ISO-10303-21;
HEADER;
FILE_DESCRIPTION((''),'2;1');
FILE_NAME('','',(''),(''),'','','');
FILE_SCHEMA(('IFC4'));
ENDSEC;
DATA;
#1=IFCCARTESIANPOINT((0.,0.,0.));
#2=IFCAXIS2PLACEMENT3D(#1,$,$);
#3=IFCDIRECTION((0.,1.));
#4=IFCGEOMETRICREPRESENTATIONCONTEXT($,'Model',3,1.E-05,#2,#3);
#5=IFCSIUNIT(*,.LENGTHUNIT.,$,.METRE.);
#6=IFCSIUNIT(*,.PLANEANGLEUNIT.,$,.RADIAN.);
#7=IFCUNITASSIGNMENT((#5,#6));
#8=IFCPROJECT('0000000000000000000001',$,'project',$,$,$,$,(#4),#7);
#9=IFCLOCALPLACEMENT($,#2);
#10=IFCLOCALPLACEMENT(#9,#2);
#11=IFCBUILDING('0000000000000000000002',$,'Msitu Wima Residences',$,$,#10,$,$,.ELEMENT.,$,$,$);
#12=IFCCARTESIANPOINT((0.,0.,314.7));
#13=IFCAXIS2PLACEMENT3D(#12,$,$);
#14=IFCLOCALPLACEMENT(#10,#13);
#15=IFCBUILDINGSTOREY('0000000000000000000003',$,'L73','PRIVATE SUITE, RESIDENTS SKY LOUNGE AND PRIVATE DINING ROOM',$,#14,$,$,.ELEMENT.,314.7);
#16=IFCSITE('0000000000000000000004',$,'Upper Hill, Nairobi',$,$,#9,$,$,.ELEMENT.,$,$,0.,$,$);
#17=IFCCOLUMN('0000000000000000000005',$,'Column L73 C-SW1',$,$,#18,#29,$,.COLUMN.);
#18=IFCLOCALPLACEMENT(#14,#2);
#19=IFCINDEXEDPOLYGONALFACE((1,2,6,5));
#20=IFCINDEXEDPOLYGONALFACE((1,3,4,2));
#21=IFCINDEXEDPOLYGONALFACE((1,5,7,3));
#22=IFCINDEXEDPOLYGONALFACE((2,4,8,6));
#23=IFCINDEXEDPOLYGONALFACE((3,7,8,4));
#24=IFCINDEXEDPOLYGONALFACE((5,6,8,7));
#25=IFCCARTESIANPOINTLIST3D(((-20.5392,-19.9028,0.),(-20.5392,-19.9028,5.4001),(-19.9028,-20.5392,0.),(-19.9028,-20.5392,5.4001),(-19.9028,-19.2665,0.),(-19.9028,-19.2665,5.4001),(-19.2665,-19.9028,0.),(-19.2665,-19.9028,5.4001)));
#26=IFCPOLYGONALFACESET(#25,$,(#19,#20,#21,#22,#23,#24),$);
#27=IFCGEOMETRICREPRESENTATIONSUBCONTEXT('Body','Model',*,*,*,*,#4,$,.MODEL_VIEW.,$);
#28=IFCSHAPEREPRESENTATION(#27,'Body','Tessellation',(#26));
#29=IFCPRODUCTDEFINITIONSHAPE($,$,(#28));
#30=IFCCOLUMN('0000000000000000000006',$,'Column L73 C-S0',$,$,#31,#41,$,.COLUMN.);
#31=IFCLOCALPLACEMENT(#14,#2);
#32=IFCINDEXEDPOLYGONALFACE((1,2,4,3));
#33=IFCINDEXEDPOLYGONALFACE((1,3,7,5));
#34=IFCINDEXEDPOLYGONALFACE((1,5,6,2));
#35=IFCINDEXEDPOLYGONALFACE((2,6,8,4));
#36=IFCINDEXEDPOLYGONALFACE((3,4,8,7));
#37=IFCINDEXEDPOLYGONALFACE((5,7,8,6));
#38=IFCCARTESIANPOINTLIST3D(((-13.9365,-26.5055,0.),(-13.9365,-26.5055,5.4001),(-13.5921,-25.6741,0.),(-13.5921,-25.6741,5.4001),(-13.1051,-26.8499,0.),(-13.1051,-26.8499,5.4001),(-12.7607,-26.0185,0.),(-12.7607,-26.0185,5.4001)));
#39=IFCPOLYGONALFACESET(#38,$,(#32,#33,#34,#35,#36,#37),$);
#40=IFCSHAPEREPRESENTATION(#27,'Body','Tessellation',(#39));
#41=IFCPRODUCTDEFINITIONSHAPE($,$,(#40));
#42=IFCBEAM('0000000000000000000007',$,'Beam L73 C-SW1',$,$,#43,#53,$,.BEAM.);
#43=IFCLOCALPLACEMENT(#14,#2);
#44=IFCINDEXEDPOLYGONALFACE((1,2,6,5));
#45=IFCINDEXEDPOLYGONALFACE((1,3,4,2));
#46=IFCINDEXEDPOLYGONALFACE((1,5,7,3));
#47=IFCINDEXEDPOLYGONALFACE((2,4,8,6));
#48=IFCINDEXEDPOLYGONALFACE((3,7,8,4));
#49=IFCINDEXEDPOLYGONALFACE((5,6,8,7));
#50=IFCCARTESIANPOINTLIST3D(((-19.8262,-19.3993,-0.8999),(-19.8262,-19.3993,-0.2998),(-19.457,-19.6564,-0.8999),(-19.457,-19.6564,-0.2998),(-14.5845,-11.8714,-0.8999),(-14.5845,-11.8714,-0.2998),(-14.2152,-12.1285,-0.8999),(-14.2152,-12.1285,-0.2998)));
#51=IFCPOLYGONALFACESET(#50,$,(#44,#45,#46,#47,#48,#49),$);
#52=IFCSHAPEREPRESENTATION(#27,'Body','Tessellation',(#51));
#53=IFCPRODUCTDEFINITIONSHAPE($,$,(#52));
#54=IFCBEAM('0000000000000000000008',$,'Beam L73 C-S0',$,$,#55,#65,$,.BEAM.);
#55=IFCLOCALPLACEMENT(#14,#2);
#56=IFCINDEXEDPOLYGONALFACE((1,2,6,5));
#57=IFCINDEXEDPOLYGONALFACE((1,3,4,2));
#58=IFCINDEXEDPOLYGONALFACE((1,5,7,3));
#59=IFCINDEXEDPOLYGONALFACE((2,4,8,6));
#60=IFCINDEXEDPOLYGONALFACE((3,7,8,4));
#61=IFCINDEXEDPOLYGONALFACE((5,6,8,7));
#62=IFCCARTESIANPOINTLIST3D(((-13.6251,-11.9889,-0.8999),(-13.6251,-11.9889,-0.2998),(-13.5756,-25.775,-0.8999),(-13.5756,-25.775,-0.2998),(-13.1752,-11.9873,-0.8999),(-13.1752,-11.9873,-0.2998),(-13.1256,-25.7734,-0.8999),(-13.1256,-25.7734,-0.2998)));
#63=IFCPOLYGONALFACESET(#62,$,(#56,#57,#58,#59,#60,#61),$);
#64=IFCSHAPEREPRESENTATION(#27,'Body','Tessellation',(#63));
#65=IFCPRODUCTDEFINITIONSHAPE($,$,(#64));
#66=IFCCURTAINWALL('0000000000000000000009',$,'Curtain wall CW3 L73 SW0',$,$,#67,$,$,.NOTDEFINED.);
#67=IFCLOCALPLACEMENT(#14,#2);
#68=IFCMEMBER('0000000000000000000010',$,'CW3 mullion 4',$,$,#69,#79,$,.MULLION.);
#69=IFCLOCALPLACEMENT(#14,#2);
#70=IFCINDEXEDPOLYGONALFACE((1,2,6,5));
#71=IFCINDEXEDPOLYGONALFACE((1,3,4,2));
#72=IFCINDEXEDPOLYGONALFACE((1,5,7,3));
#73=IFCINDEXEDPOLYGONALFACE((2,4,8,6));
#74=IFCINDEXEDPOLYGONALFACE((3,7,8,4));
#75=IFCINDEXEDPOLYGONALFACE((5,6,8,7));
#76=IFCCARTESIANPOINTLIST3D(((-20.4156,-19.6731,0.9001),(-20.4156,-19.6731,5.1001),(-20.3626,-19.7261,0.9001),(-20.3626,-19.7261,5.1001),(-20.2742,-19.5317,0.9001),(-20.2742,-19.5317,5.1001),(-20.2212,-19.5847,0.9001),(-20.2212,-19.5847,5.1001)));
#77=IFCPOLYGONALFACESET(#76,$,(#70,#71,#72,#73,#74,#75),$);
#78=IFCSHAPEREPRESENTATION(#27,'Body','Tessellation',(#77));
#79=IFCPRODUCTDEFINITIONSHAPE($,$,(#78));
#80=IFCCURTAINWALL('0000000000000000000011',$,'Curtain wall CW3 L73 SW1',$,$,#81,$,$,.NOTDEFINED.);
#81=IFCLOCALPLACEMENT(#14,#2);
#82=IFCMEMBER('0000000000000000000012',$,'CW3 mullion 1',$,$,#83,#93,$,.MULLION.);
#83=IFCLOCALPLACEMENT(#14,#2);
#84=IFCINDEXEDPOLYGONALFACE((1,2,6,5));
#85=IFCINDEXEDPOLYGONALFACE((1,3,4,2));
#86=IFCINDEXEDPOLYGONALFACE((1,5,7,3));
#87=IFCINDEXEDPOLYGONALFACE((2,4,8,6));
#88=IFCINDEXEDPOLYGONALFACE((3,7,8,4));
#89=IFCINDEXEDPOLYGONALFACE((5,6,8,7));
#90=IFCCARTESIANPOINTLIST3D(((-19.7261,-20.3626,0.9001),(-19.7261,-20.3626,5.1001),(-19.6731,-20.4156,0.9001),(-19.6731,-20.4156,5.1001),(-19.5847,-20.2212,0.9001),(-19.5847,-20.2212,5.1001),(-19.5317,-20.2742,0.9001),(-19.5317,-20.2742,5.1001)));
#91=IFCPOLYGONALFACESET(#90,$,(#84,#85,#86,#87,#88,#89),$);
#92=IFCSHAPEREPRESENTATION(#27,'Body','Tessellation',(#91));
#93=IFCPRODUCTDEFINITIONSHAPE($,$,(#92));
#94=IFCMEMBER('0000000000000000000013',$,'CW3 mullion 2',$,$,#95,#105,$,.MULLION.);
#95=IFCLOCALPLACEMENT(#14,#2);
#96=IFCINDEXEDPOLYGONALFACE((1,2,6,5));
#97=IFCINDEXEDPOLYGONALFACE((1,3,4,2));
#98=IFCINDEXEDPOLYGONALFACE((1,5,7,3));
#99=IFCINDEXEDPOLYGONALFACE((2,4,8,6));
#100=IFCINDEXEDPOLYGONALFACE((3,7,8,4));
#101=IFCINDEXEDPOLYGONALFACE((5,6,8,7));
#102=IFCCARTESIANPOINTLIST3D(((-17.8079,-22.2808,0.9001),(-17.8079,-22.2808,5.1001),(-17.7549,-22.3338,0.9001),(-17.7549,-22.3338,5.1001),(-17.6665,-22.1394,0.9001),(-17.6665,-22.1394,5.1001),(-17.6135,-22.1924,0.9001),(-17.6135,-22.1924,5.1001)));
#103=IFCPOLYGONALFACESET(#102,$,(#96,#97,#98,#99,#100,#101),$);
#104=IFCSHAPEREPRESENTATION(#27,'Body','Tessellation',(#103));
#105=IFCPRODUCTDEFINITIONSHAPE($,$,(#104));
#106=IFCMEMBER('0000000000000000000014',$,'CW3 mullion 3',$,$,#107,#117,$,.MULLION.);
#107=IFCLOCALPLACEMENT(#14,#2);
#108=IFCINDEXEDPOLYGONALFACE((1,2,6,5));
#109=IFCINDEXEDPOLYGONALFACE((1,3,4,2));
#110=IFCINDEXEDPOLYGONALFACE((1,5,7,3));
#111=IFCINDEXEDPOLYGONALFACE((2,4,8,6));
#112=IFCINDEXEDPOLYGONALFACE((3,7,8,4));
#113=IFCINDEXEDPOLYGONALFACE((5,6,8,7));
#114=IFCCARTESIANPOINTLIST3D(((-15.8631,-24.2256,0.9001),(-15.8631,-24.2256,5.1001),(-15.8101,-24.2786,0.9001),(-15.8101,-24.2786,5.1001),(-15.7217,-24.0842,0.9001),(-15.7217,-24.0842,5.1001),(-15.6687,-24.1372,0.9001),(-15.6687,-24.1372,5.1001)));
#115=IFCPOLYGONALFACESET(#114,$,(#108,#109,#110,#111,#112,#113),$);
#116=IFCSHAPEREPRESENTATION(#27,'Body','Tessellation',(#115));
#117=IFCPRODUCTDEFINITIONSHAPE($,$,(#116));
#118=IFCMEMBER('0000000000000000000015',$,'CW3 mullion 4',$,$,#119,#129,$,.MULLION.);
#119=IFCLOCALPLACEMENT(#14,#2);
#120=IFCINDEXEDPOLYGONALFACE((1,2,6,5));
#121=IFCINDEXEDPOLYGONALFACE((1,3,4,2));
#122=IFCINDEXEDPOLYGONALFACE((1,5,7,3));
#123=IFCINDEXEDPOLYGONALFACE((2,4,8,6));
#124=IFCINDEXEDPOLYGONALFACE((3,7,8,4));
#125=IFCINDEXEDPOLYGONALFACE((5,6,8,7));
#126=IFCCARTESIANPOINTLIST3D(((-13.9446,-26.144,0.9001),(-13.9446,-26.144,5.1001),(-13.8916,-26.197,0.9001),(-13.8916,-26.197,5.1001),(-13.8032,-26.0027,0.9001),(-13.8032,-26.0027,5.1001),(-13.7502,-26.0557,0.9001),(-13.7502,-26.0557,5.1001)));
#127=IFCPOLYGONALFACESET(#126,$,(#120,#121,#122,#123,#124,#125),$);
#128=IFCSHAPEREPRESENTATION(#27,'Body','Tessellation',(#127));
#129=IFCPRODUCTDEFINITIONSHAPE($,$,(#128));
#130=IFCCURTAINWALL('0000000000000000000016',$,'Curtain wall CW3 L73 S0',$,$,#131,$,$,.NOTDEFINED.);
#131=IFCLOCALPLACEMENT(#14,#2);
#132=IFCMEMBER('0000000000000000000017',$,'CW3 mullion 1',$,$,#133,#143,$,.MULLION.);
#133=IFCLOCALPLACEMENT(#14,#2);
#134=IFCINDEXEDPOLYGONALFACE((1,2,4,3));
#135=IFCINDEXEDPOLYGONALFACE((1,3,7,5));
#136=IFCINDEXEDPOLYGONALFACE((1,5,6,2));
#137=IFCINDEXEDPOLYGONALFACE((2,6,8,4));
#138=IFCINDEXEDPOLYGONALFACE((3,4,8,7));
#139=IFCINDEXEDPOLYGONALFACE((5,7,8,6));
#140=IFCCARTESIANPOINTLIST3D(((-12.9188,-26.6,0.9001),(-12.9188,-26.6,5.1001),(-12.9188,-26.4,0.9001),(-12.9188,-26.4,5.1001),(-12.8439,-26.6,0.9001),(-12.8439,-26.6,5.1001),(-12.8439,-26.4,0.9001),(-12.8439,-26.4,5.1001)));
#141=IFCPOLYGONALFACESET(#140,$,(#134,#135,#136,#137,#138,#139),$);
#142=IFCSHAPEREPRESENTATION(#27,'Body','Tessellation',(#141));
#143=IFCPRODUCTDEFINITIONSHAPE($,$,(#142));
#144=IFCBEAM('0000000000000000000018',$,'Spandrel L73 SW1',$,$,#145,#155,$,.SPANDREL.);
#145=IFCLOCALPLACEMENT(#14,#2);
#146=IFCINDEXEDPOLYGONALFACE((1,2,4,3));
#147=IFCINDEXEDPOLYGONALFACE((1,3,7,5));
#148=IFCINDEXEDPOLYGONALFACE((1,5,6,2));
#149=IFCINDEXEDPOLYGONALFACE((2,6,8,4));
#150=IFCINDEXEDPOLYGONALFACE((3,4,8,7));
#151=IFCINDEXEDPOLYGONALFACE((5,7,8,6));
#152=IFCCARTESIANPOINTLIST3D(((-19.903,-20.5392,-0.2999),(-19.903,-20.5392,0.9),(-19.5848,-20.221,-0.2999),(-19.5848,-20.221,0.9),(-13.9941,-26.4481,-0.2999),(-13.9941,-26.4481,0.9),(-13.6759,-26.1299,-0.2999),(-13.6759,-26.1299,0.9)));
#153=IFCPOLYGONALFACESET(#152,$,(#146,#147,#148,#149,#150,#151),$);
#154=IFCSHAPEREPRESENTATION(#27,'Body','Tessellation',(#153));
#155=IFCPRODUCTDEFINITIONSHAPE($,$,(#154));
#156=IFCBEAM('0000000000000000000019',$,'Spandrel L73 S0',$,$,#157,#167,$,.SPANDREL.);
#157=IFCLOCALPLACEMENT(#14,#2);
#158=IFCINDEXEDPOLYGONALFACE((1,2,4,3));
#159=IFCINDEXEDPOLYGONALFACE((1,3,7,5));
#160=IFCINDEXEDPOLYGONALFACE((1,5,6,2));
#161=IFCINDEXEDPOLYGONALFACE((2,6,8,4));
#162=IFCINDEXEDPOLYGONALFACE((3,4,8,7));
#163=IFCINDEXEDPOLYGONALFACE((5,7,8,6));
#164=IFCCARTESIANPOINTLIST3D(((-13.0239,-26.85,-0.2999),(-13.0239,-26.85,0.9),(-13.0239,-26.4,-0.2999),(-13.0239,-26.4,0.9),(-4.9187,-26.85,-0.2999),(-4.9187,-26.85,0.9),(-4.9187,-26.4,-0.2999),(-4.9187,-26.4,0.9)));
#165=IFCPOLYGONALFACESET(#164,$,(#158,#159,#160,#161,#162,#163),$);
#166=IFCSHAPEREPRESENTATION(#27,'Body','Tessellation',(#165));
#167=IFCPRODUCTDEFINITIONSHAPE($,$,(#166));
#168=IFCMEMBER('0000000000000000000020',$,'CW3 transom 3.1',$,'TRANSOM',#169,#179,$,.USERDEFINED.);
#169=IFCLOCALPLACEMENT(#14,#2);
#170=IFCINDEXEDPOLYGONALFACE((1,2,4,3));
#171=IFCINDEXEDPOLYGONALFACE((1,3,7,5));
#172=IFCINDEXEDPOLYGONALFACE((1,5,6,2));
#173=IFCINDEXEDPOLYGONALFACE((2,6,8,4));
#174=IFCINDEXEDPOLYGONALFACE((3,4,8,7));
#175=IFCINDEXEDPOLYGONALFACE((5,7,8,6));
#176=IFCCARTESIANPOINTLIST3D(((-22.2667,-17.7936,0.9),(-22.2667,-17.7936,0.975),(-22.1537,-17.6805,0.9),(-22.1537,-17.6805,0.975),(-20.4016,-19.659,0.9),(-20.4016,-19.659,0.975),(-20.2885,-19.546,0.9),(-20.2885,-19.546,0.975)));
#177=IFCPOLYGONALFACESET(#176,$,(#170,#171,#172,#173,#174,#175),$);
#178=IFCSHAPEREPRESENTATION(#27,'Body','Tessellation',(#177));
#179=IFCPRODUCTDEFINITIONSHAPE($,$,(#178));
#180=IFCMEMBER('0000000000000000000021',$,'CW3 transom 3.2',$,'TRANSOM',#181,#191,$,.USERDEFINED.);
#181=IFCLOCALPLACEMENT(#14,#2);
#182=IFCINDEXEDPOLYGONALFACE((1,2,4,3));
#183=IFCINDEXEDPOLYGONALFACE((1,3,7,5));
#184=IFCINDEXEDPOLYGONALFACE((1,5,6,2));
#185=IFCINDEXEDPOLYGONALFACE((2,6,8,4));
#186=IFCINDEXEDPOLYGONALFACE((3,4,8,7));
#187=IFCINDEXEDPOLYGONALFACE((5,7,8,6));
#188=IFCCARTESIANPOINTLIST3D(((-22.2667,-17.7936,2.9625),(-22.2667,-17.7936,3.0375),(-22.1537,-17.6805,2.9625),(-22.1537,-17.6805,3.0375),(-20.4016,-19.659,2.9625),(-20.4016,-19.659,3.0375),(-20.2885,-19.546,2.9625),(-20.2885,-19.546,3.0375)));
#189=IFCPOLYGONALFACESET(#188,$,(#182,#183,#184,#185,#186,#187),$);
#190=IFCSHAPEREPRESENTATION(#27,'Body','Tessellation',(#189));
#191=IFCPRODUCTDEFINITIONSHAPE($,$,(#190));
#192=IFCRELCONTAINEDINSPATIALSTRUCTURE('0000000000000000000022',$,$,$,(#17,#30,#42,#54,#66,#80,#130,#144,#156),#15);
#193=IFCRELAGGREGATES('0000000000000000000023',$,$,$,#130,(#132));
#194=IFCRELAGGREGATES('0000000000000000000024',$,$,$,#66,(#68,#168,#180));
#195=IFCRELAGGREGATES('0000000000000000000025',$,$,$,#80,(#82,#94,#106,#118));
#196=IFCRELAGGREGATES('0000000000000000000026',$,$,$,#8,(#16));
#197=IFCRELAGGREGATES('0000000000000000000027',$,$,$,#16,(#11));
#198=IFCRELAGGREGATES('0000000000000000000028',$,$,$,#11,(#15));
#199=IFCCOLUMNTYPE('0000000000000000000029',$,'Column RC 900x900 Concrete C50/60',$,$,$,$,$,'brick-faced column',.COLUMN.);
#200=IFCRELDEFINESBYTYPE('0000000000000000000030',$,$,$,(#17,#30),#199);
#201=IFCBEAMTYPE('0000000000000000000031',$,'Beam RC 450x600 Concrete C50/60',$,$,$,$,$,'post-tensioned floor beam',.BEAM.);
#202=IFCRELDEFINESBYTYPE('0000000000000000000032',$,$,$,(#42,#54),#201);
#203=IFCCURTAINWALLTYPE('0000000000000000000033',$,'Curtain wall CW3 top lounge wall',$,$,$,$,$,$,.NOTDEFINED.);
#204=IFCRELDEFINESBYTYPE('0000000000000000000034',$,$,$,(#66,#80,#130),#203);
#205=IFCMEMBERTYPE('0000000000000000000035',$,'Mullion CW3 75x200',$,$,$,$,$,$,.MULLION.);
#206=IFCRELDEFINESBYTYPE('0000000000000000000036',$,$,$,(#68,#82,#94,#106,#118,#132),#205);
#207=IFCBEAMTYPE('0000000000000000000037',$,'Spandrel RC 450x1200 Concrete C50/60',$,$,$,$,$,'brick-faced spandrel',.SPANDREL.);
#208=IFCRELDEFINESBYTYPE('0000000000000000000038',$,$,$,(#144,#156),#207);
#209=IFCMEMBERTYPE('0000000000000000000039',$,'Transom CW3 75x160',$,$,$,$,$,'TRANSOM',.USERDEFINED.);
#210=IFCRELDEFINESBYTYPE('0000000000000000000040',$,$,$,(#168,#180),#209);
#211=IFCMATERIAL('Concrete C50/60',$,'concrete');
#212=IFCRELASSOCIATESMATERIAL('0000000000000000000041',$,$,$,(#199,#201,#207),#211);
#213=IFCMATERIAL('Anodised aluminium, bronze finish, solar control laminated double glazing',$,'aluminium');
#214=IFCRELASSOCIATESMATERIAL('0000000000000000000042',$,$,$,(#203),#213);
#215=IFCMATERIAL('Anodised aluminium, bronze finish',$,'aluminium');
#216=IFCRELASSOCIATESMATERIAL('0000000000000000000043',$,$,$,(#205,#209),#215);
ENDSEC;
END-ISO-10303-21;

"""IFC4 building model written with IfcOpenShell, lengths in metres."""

from ifc_helpers import new_model, si_unit, direction, frame, origin, origin_2d, place, context, subcontext, project, spatial, rectangle, extrude, material, material_profile, profile_set, type_object, element, aggregate, save


model = new_model("IFC4")

# Units and contexts
model_context = context("Model", 3, precision=1e-05, world=origin(), true_north=direction((0.0, 1.0)))
body_context = subcontext(model_context, "Body", "Model", "MODEL_VIEW")
ifc_project = project(units=[si_unit("LENGTHUNIT", "METRE"), si_unit("PLANEANGLEUNIT", "RADIAN")], contexts=[model_context])

# Site, building, storey
site_placement = place(None, origin())
site = spatial("IfcSite", under=ifc_project, at=site_placement, Name="Upper Hill, Nairobi", CompositionType="ELEMENT", RefElevation=0.0)
building_placement = place(site_placement, origin())
building = spatial("IfcBuilding", under=site, at=building_placement, Name="Msitu Wima Residences", CompositionType="ELEMENT")
storey_placement = place(building_placement, frame((0.0, 0.0, 314.7)))
storey = spatial("IfcBuildingStorey", under=building, at=storey_placement, Name="L73", Description="PRIVATE SUITE, RESIDENTS SKY LOUNGE AND PRIVATE DINING ROOM", CompositionType="ELEMENT", Elevation=314.7)

# Columns
ifc_material_1 = material(Name="Concrete C50/60", Category="concrete")
ifc_material_profile_1 = material_profile(ifc_material_1, rectangle(XDim=0.8999, YDim=0.8999, at=origin_2d()), Name="RC 900x900")
ifc_profile_set_1 = profile_set([ifc_material_profile_1], Name="Concrete C50/60")
column_type = type_object("IfcColumnType", Name="Column RC 900x900 Concrete C50/60", ElementType="brick-faced column", PredefinedType="COLUMN", material=ifc_profile_set_1)
for number, where, z_axis, x_axis, name in (
    (1, (-19.9028, -19.9028, 0.0), (0.0, 0.0, 1.0), (0.707107, -0.707107, 0.0), "Column L73 C-SW1"),
    (2, (-13.3486, -26.262, 0.0), (0.0, 0.0, 1.0), (0.92388, -0.382683, 0.0), "Column L73 C-S0"),
):
    element("IfcColumn", number, at=place(storey_placement, frame(where, z_axis=z_axis, x_axis=x_axis)), inside=storey, type_object=column_type, Name=name, PredefinedType="COLUMN", context=body_context, shape_type="SweptSolid", body=[
        extrude(rectangle(XDim=0.8999, YDim=0.8999, at=origin_2d()), origin(), (0.0, 0.0, 1.0), 5.4001),
    ])

# Beams
ifc_material_profile_2 = material_profile(ifc_material_1, rectangle(XDim=0.45, YDim=0.6001, at=origin_2d()), Name="RC 450x600")
ifc_profile_set_2 = profile_set([ifc_material_profile_2], Name="Concrete C50/60")
beam_type_1 = type_object("IfcBeamType", Name="Beam RC 450x600 Concrete C50/60", ElementType="post-tensioned floor beam", PredefinedType="BEAM", material=ifc_profile_set_2)
beam_1_placement = place(storey_placement, frame((-19.6416, -19.5278, -0.5999), z_axis=(0.571428, 0.820652, 0.0), x_axis=(-0.820652, 0.571428, 0.0)))
element("IfcBeam", 3, at=beam_1_placement, inside=storey, type_object=beam_type_1, Name="Beam L73 C-SW1", PredefinedType="BEAM", context=body_context, shape_type="SweptSolid", body=[
    extrude(rectangle(XDim=0.45, YDim=0.6001, at=origin_2d()), origin(), (0.0, 0.0, 1.0), 9.1731),
])
beam_2_placement = place(storey_placement, frame((-13.3506, -25.7742, -0.5999), z_axis=(-0.003595, 0.999994, 0.0), x_axis=(-0.999994, -0.003595, 0.0)))
element("IfcBeam", 4, at=beam_2_placement, inside=storey, type_object=beam_type_1, Name="Beam L73 C-S0", PredefinedType="BEAM", context=body_context, shape_type="SweptSolid", body=[
    extrude(rectangle(XDim=0.45, YDim=0.6001, at=origin_2d()), origin(), (0.0, 0.0, 1.0), 13.7861),
])

# Curtain wall, member
ifc_material_2 = material(Name="Anodised aluminium, bronze finish, solar control laminated double glazing", Category="aluminium")
curtain_wall_type = type_object("IfcCurtainWallType", Name="Curtain wall CW3 top lounge wall", PredefinedType="NOTDEFINED", material=ifc_material_2)
curtain_wall_1_placement = place(storey_placement, origin())
curtain_wall_1 = element("IfcCurtainWall", 5, at=curtain_wall_1_placement, inside=storey, type_object=curtain_wall_type, Name="Curtain wall CW3 L73 SW0", PredefinedType="NOTDEFINED")
ifc_material_3 = material(Name="Anodised aluminium, bronze finish", Category="aluminium")
ifc_material_profile_3 = material_profile(ifc_material_3, rectangle(XDim=0.2, YDim=0.075, at=origin_2d()), Name="Mullion 75x200")
ifc_profile_set_3 = profile_set([ifc_material_profile_3], Name="Anodised aluminium, bronze finish")
member_type_1 = type_object("IfcMemberType", Name="Mullion CW3 75x200", PredefinedType="MULLION", material=ifc_profile_set_3)
member_1_placement = place(storey_placement, frame((-20.3184, -19.6289, 0.9001), z_axis=(0.0, 0.0, 1.0), x_axis=(0.707107, 0.707107, 0.0)))
member_1 = element("IfcMember", 6, at=member_1_placement, type_object=member_type_1, Name="CW3 mullion 4", PredefinedType="MULLION", context=body_context, shape_type="SweptSolid", body=[
    extrude(rectangle(XDim=0.2, YDim=0.075, at=origin_2d()), origin(), (0.0, 0.0, 1.0), 4.2),
])

# Curtain wall, members
curtain_wall_2_placement = place(storey_placement, origin())
curtain_wall_2 = element("IfcCurtainWall", 7, at=curtain_wall_2_placement, inside=storey, type_object=curtain_wall_type, Name="Curtain wall CW3 L73 SW1", PredefinedType="NOTDEFINED")
member_2_placement = place(storey_placement, frame((-19.6289, -20.3184, 0.9001), z_axis=(0.0, 0.0, 1.0), x_axis=(0.707107, 0.707107, 0.0)))
member_2 = element("IfcMember", 8, at=member_2_placement, type_object=member_type_1, Name="CW3 mullion 1", PredefinedType="MULLION", context=body_context, shape_type="SweptSolid", body=[
    extrude(rectangle(XDim=0.2, YDim=0.075, at=origin_2d()), origin(), (0.0, 0.0, 1.0), 4.2),
])
member_3_placement = place(storey_placement, frame((-17.7107, -22.2366, 0.9001), z_axis=(0.0, 0.0, 1.0), x_axis=(0.707107, 0.707107, 0.0)))
member_3 = element("IfcMember", 9, at=member_3_placement, type_object=member_type_1, Name="CW3 mullion 2", PredefinedType="MULLION", context=body_context, shape_type="SweptSolid", body=[
    extrude(rectangle(XDim=0.2, YDim=0.075, at=origin_2d()), origin(), (0.0, 0.0, 1.0), 4.2),
])
member_4_placement = place(storey_placement, frame((-15.7659, -24.1814, 0.9001), z_axis=(0.0, 0.0, 1.0), x_axis=(0.707107, 0.707107, 0.0)))
member_4 = element("IfcMember", 10, at=member_4_placement, type_object=member_type_1, Name="CW3 mullion 3", PredefinedType="MULLION", context=body_context, shape_type="SweptSolid", body=[
    extrude(rectangle(XDim=0.2, YDim=0.075, at=origin_2d()), origin(), (0.0, 0.0, 1.0), 4.2),
])
member_5_placement = place(storey_placement, frame((-13.8474, -26.0999, 0.9001), z_axis=(0.0, 0.0, 1.0), x_axis=(0.707107, 0.707107, 0.0)))
member_5 = element("IfcMember", 11, at=member_5_placement, type_object=member_type_1, Name="CW3 mullion 4", PredefinedType="MULLION", context=body_context, shape_type="SweptSolid", body=[
    extrude(rectangle(XDim=0.2, YDim=0.075, at=origin_2d()), origin(), (0.0, 0.0, 1.0), 4.2),
])

# Curtain wall, member
curtain_wall_3_placement = place(storey_placement, origin())
curtain_wall_3 = element("IfcCurtainWall", 12, at=curtain_wall_3_placement, inside=storey, type_object=curtain_wall_type, Name="Curtain wall CW3 L73 S0", PredefinedType="NOTDEFINED")
member_6_placement = place(storey_placement, frame((-12.8813, -26.5, 0.9001), z_axis=(0.0, 0.0, 1.0), x_axis=(0.0, 1.0, 0.0)))
member_6 = element("IfcMember", 13, at=member_6_placement, type_object=member_type_1, Name="CW3 mullion 1", PredefinedType="MULLION", context=body_context, shape_type="SweptSolid", body=[
    extrude(rectangle(XDim=0.2, YDim=0.075, at=origin_2d()), origin(), (0.0, 0.0, 1.0), 4.2),
])
aggregate(curtain_wall_3, [member_6])

# Beams
ifc_material_profile_4 = material_profile(ifc_material_1, rectangle(XDim=0.45, YDim=1.2, at=origin_2d()), Name="RC 450x1200")
ifc_profile_set_4 = profile_set([ifc_material_profile_4], Name="Concrete C50/60")
beam_type_2 = type_object("IfcBeamType", Name="Spandrel RC 450x1200 Concrete C50/60", ElementType="brick-faced spandrel", PredefinedType="SPANDREL", material=ifc_profile_set_4)
beam_3_placement = place(storey_placement, frame((-19.7439, -20.3801, 0.3), z_axis=(0.707107, -0.707107, 0.0), x_axis=(0.707107, 0.707107, 0.0)))
element("IfcBeam", 14, at=beam_3_placement, inside=storey, type_object=beam_type_2, Name="Spandrel L73 SW1", PredefinedType="SPANDREL", context=body_context, shape_type="SweptSolid", body=[
    extrude(rectangle(XDim=0.45, YDim=1.2, at=origin_2d()), origin(), (0.0, 0.0, 1.0), 8.3564),
])
beam_4_placement = place(storey_placement, frame((-13.0239, -26.625, 0.3), z_axis=(1.0, 0.0, 0.0), x_axis=(0.0, 1.0, 0.0)))
element("IfcBeam", 15, at=beam_4_placement, inside=storey, type_object=beam_type_2, Name="Spandrel L73 S0", PredefinedType="SPANDREL", context=body_context, shape_type="SweptSolid", body=[
    extrude(rectangle(XDim=0.45, YDim=1.2, at=origin_2d()), origin(), (0.0, 0.0, 1.0), 8.1052),
])

# Members
ifc_material_profile_5 = material_profile(ifc_material_3, rectangle(XDim=0.1599, YDim=0.075, at=origin_2d()), Name="Transom 75x160")
ifc_profile_set_5 = profile_set([ifc_material_profile_5], Name="Anodised aluminium, bronze finish")
member_type_2 = type_object("IfcMemberType", Name="Transom CW3 75x160", ElementType="TRANSOM", PredefinedType="USERDEFINED", material=ifc_profile_set_5)
member_7_placement = place(storey_placement, frame((-22.2102, -17.7371, 0.9375), z_axis=(0.707061, -0.707153, 0.0), x_axis=(0.707153, 0.707061, 0.0)))
member_7 = element("IfcMember", 16, at=member_7_placement, type_object=member_type_2, Name="CW3 transom 3.1", ObjectType="TRANSOM", PredefinedType="USERDEFINED", context=body_context, shape_type="SweptSolid", body=[
    extrude(rectangle(XDim=0.1599, YDim=0.075, at=origin_2d()), origin(), (0.0, 0.0, 1.0), 2.6379),
])
member_8_placement = place(storey_placement, frame((-22.2102, -17.7371, 3.0), z_axis=(0.707061, -0.707153, 0.0), x_axis=(0.707153, 0.707061, 0.0)))
member_8 = element("IfcMember", 17, at=member_8_placement, type_object=member_type_2, Name="CW3 transom 3.2", ObjectType="TRANSOM", PredefinedType="USERDEFINED", context=body_context, shape_type="SweptSolid", body=[
    extrude(rectangle(XDim=0.1599, YDim=0.075, at=origin_2d()), origin(), (0.0, 0.0, 1.0), 2.6379),
])

aggregate(curtain_wall_1, [member_1, member_7, member_8])
aggregate(curtain_wall_2, [member_2, member_3, member_4, member_5])

save(model, "model.ifc")
